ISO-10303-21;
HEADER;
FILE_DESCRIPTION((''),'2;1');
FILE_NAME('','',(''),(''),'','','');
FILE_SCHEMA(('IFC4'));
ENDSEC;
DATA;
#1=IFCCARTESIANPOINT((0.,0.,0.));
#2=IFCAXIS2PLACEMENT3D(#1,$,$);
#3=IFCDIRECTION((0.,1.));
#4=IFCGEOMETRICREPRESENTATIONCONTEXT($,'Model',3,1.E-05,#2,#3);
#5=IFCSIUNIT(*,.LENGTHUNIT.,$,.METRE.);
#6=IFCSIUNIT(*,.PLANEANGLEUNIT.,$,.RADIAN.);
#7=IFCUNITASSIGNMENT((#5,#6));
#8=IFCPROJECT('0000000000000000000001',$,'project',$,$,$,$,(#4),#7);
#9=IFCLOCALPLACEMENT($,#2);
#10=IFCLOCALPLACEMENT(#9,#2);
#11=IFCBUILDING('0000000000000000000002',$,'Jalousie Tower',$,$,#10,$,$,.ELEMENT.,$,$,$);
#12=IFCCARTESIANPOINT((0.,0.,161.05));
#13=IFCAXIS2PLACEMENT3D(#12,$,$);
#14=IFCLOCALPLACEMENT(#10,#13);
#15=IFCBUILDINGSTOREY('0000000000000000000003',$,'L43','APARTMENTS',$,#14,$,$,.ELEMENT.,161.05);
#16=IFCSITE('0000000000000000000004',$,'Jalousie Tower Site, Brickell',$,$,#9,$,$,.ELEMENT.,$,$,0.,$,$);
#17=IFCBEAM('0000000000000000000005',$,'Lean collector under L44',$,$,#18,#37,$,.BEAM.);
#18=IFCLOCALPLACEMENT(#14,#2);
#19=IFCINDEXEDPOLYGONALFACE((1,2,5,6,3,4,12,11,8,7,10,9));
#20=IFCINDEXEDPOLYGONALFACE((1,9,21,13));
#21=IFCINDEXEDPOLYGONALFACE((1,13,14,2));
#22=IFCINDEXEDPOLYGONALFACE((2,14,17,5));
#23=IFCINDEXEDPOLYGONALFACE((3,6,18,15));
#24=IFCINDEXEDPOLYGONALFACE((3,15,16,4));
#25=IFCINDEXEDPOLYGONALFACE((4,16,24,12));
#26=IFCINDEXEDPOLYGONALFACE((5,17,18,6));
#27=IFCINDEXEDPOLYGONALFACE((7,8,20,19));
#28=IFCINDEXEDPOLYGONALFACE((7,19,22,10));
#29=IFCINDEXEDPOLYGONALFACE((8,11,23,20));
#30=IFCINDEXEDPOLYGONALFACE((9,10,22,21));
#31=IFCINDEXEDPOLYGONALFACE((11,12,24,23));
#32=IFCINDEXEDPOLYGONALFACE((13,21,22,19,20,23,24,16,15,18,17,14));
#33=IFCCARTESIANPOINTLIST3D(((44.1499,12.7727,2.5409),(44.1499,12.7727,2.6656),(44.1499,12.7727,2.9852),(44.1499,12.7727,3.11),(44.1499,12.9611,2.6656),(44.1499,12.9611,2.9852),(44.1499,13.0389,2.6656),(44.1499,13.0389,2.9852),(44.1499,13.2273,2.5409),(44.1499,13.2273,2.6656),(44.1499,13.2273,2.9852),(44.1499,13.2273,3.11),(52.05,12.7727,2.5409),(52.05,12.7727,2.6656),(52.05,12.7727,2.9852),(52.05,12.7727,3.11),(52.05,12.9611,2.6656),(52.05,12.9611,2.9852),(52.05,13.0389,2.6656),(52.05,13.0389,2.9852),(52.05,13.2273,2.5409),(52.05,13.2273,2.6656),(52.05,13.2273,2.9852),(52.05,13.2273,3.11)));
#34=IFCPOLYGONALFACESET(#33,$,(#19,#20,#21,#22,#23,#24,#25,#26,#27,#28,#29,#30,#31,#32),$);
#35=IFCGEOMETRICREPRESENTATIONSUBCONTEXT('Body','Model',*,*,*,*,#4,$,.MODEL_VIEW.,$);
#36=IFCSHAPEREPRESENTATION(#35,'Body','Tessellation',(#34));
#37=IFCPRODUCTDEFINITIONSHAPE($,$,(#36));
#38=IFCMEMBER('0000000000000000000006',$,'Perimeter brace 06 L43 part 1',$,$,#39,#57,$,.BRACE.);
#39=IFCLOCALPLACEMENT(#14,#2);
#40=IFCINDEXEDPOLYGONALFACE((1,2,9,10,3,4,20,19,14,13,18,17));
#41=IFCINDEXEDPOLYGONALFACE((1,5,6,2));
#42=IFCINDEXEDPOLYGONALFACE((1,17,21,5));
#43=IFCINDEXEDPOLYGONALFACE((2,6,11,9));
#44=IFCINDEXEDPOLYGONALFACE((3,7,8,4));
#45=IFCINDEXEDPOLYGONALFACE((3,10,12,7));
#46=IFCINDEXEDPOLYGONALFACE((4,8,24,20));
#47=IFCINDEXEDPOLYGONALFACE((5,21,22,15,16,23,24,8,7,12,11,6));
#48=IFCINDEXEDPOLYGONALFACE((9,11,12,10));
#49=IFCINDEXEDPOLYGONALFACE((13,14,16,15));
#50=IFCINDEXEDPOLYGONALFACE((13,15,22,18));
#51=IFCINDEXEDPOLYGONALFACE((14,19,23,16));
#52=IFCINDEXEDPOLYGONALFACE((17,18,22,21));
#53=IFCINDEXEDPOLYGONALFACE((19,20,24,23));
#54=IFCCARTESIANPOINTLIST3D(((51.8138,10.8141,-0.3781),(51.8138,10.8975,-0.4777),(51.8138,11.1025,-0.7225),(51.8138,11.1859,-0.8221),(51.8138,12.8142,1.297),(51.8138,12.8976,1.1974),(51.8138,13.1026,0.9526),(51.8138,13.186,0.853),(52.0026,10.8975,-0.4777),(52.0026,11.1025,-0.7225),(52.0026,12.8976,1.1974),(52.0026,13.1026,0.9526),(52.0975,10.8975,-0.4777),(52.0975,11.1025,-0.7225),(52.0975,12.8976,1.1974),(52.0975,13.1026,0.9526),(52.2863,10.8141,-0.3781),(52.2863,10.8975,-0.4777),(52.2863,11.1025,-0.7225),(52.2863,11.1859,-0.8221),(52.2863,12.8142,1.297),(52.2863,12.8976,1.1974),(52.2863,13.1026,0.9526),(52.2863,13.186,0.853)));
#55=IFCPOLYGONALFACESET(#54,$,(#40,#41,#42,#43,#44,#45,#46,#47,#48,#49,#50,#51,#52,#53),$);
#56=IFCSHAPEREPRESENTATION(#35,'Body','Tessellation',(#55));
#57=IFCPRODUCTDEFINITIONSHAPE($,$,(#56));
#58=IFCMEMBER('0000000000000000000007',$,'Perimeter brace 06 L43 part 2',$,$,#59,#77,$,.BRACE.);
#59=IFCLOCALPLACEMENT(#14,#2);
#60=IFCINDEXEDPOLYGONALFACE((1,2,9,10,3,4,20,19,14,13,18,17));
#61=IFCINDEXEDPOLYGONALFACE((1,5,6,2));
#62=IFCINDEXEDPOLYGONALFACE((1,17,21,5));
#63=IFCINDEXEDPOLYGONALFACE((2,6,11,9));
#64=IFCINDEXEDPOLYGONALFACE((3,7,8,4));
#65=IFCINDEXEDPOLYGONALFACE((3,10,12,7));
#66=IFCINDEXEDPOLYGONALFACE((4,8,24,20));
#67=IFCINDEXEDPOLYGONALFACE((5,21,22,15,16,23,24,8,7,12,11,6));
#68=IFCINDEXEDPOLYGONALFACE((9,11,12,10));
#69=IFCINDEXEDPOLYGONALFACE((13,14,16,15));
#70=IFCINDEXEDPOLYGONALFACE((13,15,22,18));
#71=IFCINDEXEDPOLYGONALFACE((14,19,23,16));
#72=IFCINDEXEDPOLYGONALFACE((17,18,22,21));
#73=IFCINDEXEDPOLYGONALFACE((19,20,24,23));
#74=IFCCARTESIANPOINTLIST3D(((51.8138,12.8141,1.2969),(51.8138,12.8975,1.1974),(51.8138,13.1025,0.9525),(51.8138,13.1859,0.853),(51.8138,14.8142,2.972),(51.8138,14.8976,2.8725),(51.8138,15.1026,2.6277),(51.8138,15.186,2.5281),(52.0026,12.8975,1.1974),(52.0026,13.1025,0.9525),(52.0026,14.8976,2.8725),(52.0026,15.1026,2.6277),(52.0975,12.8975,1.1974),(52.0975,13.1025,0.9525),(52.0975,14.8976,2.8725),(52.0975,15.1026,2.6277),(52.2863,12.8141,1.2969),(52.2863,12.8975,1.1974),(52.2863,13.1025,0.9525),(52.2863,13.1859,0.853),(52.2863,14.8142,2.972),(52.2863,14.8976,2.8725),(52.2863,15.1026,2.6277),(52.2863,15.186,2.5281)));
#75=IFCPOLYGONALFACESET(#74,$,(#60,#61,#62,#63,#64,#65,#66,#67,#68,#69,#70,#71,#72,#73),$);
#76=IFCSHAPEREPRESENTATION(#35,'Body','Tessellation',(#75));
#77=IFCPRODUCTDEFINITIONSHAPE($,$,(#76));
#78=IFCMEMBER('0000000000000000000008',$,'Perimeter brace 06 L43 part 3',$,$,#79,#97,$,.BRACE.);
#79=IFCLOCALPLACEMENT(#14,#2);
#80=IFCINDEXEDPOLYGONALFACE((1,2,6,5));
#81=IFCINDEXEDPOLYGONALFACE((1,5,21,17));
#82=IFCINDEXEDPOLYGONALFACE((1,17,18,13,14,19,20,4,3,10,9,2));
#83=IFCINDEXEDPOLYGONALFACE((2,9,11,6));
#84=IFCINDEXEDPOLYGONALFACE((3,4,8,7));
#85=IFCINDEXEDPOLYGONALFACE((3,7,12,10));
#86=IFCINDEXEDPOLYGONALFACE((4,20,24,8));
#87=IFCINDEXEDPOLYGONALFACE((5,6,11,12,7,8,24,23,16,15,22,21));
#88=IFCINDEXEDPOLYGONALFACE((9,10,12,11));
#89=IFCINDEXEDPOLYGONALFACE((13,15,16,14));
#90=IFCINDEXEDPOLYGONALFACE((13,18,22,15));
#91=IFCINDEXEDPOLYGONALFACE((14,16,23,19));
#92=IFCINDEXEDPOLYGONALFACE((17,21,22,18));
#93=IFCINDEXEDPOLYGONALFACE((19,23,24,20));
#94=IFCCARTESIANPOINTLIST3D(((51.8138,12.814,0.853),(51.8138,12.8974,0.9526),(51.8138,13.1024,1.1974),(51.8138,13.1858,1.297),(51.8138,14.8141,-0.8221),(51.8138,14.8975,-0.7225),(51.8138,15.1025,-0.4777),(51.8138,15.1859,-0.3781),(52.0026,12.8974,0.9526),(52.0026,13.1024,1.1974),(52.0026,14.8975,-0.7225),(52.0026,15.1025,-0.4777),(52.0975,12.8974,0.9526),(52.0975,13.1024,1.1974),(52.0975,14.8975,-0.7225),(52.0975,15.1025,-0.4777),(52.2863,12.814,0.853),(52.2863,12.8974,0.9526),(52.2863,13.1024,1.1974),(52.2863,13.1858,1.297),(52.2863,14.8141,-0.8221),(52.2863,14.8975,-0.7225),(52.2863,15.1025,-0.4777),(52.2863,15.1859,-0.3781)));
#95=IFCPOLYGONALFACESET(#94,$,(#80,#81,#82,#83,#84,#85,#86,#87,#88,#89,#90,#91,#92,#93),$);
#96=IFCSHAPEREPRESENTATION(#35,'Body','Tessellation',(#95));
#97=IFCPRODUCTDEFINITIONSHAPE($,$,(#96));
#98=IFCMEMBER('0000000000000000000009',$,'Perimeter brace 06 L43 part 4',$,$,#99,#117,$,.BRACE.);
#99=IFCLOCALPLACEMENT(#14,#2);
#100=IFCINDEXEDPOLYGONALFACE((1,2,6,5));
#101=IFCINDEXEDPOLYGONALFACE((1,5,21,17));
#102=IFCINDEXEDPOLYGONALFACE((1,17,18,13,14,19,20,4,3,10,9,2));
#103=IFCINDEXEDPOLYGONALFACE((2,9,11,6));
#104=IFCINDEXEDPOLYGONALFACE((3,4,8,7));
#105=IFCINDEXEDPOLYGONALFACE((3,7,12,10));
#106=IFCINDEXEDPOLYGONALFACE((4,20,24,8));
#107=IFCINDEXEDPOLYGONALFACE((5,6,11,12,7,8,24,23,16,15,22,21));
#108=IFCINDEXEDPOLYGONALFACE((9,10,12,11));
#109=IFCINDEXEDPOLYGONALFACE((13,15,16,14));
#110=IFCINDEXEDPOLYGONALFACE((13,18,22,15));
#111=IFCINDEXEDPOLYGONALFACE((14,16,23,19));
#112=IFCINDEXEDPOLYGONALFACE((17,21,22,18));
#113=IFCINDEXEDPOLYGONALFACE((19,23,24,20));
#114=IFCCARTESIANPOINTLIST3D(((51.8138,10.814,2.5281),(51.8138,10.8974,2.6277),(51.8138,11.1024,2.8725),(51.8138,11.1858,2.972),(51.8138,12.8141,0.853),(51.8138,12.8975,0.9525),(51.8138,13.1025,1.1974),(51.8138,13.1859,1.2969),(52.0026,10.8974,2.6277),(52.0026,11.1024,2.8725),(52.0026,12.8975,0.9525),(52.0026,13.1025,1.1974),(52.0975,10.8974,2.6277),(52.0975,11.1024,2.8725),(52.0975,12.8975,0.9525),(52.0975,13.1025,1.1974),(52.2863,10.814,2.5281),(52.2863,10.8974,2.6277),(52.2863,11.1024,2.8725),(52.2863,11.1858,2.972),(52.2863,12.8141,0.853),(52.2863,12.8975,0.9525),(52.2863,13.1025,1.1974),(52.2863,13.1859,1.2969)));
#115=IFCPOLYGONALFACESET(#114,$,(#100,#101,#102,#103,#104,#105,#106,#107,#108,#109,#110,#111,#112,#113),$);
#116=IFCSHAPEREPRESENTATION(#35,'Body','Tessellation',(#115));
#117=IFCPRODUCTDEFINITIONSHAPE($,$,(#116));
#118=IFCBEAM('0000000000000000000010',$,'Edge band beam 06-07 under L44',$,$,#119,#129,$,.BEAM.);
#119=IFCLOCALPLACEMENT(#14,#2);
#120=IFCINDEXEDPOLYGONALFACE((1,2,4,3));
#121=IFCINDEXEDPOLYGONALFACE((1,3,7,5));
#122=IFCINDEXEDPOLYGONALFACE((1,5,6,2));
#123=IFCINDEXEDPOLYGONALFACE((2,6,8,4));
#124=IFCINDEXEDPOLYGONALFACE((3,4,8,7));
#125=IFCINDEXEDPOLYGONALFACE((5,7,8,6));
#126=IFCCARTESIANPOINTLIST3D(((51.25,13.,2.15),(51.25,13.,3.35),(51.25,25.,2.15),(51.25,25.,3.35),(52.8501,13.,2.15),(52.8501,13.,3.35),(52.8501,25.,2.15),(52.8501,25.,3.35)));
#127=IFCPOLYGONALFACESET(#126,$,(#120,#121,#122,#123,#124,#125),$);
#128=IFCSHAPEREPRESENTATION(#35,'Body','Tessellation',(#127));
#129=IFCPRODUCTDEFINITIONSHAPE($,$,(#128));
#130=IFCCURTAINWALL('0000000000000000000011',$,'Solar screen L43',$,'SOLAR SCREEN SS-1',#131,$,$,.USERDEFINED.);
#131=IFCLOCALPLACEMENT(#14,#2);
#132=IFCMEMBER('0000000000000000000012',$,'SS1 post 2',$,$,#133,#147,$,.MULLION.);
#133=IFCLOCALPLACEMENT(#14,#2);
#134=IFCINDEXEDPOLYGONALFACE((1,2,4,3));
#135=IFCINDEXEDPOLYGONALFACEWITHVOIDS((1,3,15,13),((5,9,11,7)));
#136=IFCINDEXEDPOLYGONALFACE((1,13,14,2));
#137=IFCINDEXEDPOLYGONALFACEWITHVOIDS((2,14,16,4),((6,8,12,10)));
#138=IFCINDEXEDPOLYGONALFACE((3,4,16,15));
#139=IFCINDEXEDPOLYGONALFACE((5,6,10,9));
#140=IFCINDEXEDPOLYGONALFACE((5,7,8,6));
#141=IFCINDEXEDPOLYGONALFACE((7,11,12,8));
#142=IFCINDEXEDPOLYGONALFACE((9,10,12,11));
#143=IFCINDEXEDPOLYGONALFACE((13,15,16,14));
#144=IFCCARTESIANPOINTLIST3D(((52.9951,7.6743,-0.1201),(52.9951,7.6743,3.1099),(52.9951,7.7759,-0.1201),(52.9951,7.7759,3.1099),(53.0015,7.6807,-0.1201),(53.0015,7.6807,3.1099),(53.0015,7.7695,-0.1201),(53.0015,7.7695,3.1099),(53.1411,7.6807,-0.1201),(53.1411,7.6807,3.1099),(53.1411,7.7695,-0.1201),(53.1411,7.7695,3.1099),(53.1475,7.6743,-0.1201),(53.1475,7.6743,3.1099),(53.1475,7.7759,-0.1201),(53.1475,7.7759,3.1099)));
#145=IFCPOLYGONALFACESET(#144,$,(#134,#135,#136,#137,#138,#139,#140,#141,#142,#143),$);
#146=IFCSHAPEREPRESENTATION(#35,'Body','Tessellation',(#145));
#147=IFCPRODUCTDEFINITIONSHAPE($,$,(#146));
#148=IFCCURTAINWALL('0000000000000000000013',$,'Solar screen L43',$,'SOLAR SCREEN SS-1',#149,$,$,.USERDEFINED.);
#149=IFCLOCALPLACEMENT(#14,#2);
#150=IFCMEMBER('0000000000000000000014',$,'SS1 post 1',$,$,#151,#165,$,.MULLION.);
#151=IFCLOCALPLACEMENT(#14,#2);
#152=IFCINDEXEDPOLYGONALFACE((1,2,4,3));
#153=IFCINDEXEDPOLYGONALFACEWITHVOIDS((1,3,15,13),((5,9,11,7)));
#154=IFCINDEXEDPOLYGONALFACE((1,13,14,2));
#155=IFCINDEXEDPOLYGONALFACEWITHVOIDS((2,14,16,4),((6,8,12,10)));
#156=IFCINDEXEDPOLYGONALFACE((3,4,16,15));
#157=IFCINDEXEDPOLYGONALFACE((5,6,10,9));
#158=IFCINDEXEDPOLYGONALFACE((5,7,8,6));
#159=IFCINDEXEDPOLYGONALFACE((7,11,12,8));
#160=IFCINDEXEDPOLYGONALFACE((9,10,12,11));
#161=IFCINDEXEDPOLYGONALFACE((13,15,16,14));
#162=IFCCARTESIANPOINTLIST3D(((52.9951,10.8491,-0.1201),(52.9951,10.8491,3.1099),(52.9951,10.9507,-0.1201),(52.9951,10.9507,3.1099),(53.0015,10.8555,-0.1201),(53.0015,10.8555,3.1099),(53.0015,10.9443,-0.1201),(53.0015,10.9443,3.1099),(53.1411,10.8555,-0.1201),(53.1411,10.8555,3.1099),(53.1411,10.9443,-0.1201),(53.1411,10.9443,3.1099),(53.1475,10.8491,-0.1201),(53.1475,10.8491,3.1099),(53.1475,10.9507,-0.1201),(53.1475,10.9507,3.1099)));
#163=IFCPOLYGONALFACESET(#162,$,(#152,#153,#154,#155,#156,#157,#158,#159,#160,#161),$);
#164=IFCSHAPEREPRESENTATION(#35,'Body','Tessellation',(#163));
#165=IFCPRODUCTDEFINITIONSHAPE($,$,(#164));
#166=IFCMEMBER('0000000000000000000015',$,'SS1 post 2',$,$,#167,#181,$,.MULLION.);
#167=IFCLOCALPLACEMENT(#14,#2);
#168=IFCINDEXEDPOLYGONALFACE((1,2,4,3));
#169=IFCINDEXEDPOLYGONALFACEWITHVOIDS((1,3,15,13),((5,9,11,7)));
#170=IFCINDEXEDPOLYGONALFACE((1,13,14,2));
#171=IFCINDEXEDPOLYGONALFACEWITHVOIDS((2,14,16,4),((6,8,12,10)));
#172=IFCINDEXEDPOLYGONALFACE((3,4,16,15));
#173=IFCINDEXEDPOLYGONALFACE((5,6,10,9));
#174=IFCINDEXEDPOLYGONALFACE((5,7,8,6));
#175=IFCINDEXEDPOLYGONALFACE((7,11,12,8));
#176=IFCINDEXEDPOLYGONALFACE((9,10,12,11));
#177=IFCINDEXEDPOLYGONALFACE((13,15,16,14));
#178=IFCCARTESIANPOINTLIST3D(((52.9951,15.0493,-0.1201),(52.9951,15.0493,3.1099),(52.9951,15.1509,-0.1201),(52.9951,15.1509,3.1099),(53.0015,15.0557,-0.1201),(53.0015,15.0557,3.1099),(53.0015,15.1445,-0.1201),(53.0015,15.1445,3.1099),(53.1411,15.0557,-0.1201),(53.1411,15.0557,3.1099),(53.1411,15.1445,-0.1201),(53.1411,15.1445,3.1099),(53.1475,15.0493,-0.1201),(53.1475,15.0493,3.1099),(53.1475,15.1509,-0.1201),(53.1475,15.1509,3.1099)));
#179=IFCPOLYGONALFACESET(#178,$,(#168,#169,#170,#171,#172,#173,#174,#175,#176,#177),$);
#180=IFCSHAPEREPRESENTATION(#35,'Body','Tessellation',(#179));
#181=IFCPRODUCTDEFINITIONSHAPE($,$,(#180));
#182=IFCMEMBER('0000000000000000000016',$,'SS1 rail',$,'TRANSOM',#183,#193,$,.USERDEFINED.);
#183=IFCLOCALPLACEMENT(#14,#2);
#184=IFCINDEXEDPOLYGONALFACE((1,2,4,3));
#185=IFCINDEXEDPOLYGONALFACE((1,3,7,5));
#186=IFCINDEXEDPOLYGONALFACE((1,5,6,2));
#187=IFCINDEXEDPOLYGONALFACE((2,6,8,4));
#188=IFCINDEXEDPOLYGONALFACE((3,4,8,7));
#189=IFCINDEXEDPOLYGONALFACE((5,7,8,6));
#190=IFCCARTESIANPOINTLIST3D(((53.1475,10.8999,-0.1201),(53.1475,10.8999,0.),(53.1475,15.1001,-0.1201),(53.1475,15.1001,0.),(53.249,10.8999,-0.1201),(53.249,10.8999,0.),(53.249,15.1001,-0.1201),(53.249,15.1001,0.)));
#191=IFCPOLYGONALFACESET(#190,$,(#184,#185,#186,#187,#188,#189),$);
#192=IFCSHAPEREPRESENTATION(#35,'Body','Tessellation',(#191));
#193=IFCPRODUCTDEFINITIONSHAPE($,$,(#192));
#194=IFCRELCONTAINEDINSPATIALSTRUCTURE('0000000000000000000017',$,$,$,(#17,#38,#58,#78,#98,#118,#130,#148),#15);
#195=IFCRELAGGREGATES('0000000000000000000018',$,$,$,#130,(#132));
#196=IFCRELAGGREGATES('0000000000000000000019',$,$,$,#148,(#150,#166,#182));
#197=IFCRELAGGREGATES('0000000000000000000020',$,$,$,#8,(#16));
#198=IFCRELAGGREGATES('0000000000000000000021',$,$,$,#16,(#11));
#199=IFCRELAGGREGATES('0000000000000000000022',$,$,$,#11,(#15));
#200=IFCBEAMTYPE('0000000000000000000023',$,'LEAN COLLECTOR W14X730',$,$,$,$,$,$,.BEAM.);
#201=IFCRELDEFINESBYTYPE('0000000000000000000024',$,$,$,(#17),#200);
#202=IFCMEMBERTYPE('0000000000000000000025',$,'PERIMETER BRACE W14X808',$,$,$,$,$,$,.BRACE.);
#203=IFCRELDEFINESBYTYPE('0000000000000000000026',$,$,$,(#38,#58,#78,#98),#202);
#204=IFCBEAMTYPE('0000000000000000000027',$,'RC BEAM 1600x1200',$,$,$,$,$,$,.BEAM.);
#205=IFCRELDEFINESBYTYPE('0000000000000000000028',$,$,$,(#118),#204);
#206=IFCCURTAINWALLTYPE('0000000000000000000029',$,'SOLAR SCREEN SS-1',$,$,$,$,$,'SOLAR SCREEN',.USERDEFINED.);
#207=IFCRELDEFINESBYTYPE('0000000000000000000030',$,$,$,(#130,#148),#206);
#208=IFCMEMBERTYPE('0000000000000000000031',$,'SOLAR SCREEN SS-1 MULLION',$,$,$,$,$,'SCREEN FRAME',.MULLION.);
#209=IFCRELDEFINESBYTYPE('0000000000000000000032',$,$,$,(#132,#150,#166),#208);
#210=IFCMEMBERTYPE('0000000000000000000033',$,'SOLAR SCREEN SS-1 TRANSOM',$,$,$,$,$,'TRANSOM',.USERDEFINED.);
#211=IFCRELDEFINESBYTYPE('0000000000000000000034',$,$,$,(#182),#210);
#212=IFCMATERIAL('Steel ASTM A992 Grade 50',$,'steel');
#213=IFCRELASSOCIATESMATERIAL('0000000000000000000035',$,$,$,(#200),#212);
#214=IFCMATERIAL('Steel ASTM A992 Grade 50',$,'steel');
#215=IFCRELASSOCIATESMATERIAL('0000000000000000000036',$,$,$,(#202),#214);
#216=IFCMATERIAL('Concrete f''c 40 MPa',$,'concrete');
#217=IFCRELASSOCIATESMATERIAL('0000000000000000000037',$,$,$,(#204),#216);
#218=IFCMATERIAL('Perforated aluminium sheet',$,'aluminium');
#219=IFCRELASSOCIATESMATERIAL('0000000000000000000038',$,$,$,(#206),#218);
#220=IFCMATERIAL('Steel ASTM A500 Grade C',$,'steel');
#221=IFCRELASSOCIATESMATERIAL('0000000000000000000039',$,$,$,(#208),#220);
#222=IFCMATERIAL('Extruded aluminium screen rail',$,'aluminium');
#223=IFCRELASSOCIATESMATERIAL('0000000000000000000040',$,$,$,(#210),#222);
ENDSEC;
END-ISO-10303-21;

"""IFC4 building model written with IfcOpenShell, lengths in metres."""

from ifc_helpers import new_model, si_unit, direction, frame, origin, origin_2d, place, context, subcontext, project, spatial, rectangle, hollow_rectangle, i_section, extrude, material, material_profile, profile_set, type_object, element, aggregate, save


model = new_model("IFC4")

# Units and contexts
model_context = context("Model", 3, precision=1e-05, world=origin(), true_north=direction((0.0, 1.0)))
body_context = subcontext(model_context, "Body", "Model", "MODEL_VIEW")
ifc_project = project(units=[si_unit("LENGTHUNIT", "METRE"), si_unit("PLANEANGLEUNIT", "RADIAN")], contexts=[model_context])

# Site, building, storey
site_placement = place(None, origin())
site = spatial("IfcSite", under=ifc_project, at=site_placement, Name="Jalousie Tower Site, Brickell", CompositionType="ELEMENT", RefElevation=0.0)
building_placement = place(site_placement, origin())
building = spatial("IfcBuilding", under=site, at=building_placement, Name="Jalousie Tower", CompositionType="ELEMENT")
storey_placement = place(building_placement, frame((0.0, 0.0, 161.05)))
storey = spatial("IfcBuildingStorey", under=building, at=storey_placement, Name="L43", Description="APARTMENTS", CompositionType="ELEMENT", Elevation=161.05)

# Beam
ifc_material_1 = material(Name="Steel ASTM A992 Grade 50", Category="steel")
ifc_material_profile_1 = material_profile(ifc_material_1, i_section(OverallWidth=0.4546, OverallDepth=0.5691, WebThickness=0.0779, FlangeThickness=0.1248, at=origin_2d()), Name="W14X730")
ifc_profile_set_1 = profile_set([ifc_material_profile_1], Name="Steel ASTM A992 Grade 50")
beam_type_1 = type_object("IfcBeamType", Name="LEAN COLLECTOR W14X730", PredefinedType="BEAM", material=ifc_profile_set_1)
beam_1_placement = place(storey_placement, frame((52.05, 13.0, 2.8254), z_axis=(-1.0, 0.0, 0.0), x_axis=(0.0, -1.0, 0.0)))
element("IfcBeam", 1, at=beam_1_placement, inside=storey, type_object=beam_type_1, Name="Lean collector under L44", PredefinedType="BEAM", context=body_context, shape_type="SweptSolid", body=[
    extrude(i_section(OverallWidth=0.4546, OverallDepth=0.5691, WebThickness=0.0779, FlangeThickness=0.1248, at=origin_2d()), origin(), (0.0, 0.0, 1.0), 7.9001),
])

# Members
ifc_material_2 = material(Name="Steel ASTM A992 Grade 50", Category="steel")
ifc_material_profile_2 = material_profile(ifc_material_2, i_section(OverallWidth=0.4724, OverallDepth=0.5791, WebThickness=0.095, FlangeThickness=0.1299, at=origin_2d()), Name="W14X808")
ifc_profile_set_2 = profile_set([ifc_material_profile_2], Name="Steel ASTM A992 Grade 50")
member_type_1 = type_object("IfcMemberType", Name="PERIMETER BRACE W14X808", PredefinedType="BRACE", material=ifc_profile_set_2)
for number, where, z_axis, x_axis, name in (
    (2, (52.05, 11.0, -0.6001), (0.0, 0.766639, 0.642079), (-1.0, 0.0, 0.0), "Perimeter brace 06 L43 part 1"),
    (3, (52.05, 13.0, 1.075), (0.0, 0.766639, 0.642079), (-1.0, 0.0, 0.0), "Perimeter brace 06 L43 part 2"),
    (4, (52.05, 15.0, -0.6001), (0.0, -0.766639, 0.642079), (1.0, 0.0, 0.0), "Perimeter brace 06 L43 part 3"),
    (5, (52.05, 13.0, 1.075), (0.0, -0.766639, 0.642079), (1.0, 0.0, 0.0), "Perimeter brace 06 L43 part 4"),
):
    element("IfcMember", number, at=place(storey_placement, frame(where, z_axis=z_axis, x_axis=x_axis)), inside=storey, type_object=member_type_1, Name=name, PredefinedType="BRACE", context=body_context, shape_type="SweptSolid", body=[
        extrude(i_section(OverallWidth=0.4724, OverallDepth=0.5791, WebThickness=0.095, FlangeThickness=0.1299, at=origin_2d()), origin(), (0.0, 0.0, 1.0), 2.6089),
    ])

# Beam
ifc_material_3 = material(Name="Concrete f'c 40 MPa", Category="concrete")
ifc_material_profile_3 = material_profile(ifc_material_3, rectangle(XDim=1.6001, YDim=1.2, at=origin_2d()), Name="RC 1600x1200")
ifc_profile_set_3 = profile_set([ifc_material_profile_3], Name="Concrete f'c 40 MPa")
beam_type_2 = type_object("IfcBeamType", Name="RC BEAM 1600x1200", PredefinedType="BEAM", material=ifc_profile_set_3)
beam_2_placement = place(storey_placement, frame((52.05, 13.0, 2.75), z_axis=(0.0, 1.0, 0.0), x_axis=(-1.0, 0.0, 0.0)))
element("IfcBeam", 6, at=beam_2_placement, inside=storey, type_object=beam_type_2, Name="Edge band beam 06-07 under L44", PredefinedType="BEAM", context=body_context, shape_type="SweptSolid", body=[
    extrude(rectangle(XDim=1.6001, YDim=1.2, at=origin_2d()), origin(), (0.0, 0.0, 1.0), 12.0),
])

# Curtain wall, member
ifc_material_4 = material(Name="Perforated aluminium sheet", Category="aluminium")
curtain_wall_type = type_object("IfcCurtainWallType", Name="SOLAR SCREEN SS-1", ElementType="SOLAR SCREEN", PredefinedType="USERDEFINED", material=ifc_material_4)
curtain_wall_1_placement = place(storey_placement, origin())
curtain_wall_1 = element("IfcCurtainWall", 7, at=curtain_wall_1_placement, inside=storey, type_object=curtain_wall_type, Name="Solar screen L43", ObjectType="SOLAR SCREEN SS-1", PredefinedType="USERDEFINED")
ifc_material_5 = material(Name="Steel ASTM A500 Grade C", Category="steel")
ifc_material_profile_4 = material_profile(ifc_material_5, hollow_rectangle(XDim=0.1016, YDim=0.1523, WallThickness=0.0063, at=origin_2d()), Name="HSS6X4X1/4")
ifc_profile_set_4 = profile_set([ifc_material_profile_4], Name="Steel ASTM A500 Grade C")
member_type_2 = type_object("IfcMemberType", Name="SOLAR SCREEN SS-1 MULLION", ElementType="SCREEN FRAME", PredefinedType="MULLION", material=ifc_profile_set_4)
member_1_placement = place(storey_placement, frame((53.0713, 7.7251, -0.1201), z_axis=(0.0, 0.0, 1.0), x_axis=(0.0, 1.0, 0.0)))
member_1 = element("IfcMember", 8, at=member_1_placement, type_object=member_type_2, Name="SS1 post 2", PredefinedType="MULLION", context=body_context, shape_type="SweptSolid", body=[
    extrude(hollow_rectangle(XDim=0.1016, YDim=0.1523, WallThickness=0.0063, at=origin_2d()), origin(), (0.0, 0.0, 1.0), 3.23),
])

# Curtain wall, members
curtain_wall_2_placement = place(storey_placement, origin())
curtain_wall_2 = element("IfcCurtainWall", 9, at=curtain_wall_2_placement, inside=storey, type_object=curtain_wall_type, Name="Solar screen L43", ObjectType="SOLAR SCREEN SS-1", PredefinedType="USERDEFINED")
member_2_placement = place(storey_placement, frame((53.0713, 10.8999, -0.1201), z_axis=(0.0, 0.0, 1.0), x_axis=(0.0, 1.0, 0.0)))
member_2 = element("IfcMember", 10, at=member_2_placement, type_object=member_type_2, Name="SS1 post 1", PredefinedType="MULLION", context=body_context, shape_type="SweptSolid", body=[
    extrude(hollow_rectangle(XDim=0.1016, YDim=0.1523, WallThickness=0.0063, at=origin_2d()), origin(), (0.0, 0.0, 1.0), 3.23),
])
member_3_placement = place(storey_placement, frame((53.0713, 15.1001, -0.1201), z_axis=(0.0, 0.0, 1.0), x_axis=(0.0, 1.0, 0.0)))
member_3 = element("IfcMember", 11, at=member_3_placement, type_object=member_type_2, Name="SS1 post 2", PredefinedType="MULLION", context=body_context, shape_type="SweptSolid", body=[
    extrude(hollow_rectangle(XDim=0.1016, YDim=0.1523, WallThickness=0.0063, at=origin_2d()), origin(), (0.0, 0.0, 1.0), 3.23),
])
ifc_material_6 = material(Name="Extruded aluminium screen rail", Category="aluminium")
ifc_material_profile_5 = material_profile(ifc_material_6, rectangle(XDim=0.1016, YDim=0.1201, at=origin_2d()), Name="RAIL 102x120")
ifc_profile_set_5 = profile_set([ifc_material_profile_5], Name="Extruded aluminium screen rail")
member_type_3 = type_object("IfcMemberType", Name="SOLAR SCREEN SS-1 TRANSOM", ElementType="TRANSOM", PredefinedType="USERDEFINED", material=ifc_profile_set_5)
member_4_placement = place(storey_placement, frame((53.1982, 10.8999, -0.0601), z_axis=(0.0, 1.0, 0.0), x_axis=(-1.0, 0.0, 0.0)))
member_4 = element("IfcMember", 12, at=member_4_placement, type_object=member_type_3, Name="SS1 rail", ObjectType="TRANSOM", PredefinedType="USERDEFINED", context=body_context, shape_type="SweptSolid", body=[
    extrude(rectangle(XDim=0.1016, YDim=0.1201, at=origin_2d()), origin(), (0.0, 0.0, 1.0), 4.2002),
])

aggregate(curtain_wall_1, [member_1])
aggregate(curtain_wall_2, [member_2, member_3, member_4])

save(model, "model.ifc")
